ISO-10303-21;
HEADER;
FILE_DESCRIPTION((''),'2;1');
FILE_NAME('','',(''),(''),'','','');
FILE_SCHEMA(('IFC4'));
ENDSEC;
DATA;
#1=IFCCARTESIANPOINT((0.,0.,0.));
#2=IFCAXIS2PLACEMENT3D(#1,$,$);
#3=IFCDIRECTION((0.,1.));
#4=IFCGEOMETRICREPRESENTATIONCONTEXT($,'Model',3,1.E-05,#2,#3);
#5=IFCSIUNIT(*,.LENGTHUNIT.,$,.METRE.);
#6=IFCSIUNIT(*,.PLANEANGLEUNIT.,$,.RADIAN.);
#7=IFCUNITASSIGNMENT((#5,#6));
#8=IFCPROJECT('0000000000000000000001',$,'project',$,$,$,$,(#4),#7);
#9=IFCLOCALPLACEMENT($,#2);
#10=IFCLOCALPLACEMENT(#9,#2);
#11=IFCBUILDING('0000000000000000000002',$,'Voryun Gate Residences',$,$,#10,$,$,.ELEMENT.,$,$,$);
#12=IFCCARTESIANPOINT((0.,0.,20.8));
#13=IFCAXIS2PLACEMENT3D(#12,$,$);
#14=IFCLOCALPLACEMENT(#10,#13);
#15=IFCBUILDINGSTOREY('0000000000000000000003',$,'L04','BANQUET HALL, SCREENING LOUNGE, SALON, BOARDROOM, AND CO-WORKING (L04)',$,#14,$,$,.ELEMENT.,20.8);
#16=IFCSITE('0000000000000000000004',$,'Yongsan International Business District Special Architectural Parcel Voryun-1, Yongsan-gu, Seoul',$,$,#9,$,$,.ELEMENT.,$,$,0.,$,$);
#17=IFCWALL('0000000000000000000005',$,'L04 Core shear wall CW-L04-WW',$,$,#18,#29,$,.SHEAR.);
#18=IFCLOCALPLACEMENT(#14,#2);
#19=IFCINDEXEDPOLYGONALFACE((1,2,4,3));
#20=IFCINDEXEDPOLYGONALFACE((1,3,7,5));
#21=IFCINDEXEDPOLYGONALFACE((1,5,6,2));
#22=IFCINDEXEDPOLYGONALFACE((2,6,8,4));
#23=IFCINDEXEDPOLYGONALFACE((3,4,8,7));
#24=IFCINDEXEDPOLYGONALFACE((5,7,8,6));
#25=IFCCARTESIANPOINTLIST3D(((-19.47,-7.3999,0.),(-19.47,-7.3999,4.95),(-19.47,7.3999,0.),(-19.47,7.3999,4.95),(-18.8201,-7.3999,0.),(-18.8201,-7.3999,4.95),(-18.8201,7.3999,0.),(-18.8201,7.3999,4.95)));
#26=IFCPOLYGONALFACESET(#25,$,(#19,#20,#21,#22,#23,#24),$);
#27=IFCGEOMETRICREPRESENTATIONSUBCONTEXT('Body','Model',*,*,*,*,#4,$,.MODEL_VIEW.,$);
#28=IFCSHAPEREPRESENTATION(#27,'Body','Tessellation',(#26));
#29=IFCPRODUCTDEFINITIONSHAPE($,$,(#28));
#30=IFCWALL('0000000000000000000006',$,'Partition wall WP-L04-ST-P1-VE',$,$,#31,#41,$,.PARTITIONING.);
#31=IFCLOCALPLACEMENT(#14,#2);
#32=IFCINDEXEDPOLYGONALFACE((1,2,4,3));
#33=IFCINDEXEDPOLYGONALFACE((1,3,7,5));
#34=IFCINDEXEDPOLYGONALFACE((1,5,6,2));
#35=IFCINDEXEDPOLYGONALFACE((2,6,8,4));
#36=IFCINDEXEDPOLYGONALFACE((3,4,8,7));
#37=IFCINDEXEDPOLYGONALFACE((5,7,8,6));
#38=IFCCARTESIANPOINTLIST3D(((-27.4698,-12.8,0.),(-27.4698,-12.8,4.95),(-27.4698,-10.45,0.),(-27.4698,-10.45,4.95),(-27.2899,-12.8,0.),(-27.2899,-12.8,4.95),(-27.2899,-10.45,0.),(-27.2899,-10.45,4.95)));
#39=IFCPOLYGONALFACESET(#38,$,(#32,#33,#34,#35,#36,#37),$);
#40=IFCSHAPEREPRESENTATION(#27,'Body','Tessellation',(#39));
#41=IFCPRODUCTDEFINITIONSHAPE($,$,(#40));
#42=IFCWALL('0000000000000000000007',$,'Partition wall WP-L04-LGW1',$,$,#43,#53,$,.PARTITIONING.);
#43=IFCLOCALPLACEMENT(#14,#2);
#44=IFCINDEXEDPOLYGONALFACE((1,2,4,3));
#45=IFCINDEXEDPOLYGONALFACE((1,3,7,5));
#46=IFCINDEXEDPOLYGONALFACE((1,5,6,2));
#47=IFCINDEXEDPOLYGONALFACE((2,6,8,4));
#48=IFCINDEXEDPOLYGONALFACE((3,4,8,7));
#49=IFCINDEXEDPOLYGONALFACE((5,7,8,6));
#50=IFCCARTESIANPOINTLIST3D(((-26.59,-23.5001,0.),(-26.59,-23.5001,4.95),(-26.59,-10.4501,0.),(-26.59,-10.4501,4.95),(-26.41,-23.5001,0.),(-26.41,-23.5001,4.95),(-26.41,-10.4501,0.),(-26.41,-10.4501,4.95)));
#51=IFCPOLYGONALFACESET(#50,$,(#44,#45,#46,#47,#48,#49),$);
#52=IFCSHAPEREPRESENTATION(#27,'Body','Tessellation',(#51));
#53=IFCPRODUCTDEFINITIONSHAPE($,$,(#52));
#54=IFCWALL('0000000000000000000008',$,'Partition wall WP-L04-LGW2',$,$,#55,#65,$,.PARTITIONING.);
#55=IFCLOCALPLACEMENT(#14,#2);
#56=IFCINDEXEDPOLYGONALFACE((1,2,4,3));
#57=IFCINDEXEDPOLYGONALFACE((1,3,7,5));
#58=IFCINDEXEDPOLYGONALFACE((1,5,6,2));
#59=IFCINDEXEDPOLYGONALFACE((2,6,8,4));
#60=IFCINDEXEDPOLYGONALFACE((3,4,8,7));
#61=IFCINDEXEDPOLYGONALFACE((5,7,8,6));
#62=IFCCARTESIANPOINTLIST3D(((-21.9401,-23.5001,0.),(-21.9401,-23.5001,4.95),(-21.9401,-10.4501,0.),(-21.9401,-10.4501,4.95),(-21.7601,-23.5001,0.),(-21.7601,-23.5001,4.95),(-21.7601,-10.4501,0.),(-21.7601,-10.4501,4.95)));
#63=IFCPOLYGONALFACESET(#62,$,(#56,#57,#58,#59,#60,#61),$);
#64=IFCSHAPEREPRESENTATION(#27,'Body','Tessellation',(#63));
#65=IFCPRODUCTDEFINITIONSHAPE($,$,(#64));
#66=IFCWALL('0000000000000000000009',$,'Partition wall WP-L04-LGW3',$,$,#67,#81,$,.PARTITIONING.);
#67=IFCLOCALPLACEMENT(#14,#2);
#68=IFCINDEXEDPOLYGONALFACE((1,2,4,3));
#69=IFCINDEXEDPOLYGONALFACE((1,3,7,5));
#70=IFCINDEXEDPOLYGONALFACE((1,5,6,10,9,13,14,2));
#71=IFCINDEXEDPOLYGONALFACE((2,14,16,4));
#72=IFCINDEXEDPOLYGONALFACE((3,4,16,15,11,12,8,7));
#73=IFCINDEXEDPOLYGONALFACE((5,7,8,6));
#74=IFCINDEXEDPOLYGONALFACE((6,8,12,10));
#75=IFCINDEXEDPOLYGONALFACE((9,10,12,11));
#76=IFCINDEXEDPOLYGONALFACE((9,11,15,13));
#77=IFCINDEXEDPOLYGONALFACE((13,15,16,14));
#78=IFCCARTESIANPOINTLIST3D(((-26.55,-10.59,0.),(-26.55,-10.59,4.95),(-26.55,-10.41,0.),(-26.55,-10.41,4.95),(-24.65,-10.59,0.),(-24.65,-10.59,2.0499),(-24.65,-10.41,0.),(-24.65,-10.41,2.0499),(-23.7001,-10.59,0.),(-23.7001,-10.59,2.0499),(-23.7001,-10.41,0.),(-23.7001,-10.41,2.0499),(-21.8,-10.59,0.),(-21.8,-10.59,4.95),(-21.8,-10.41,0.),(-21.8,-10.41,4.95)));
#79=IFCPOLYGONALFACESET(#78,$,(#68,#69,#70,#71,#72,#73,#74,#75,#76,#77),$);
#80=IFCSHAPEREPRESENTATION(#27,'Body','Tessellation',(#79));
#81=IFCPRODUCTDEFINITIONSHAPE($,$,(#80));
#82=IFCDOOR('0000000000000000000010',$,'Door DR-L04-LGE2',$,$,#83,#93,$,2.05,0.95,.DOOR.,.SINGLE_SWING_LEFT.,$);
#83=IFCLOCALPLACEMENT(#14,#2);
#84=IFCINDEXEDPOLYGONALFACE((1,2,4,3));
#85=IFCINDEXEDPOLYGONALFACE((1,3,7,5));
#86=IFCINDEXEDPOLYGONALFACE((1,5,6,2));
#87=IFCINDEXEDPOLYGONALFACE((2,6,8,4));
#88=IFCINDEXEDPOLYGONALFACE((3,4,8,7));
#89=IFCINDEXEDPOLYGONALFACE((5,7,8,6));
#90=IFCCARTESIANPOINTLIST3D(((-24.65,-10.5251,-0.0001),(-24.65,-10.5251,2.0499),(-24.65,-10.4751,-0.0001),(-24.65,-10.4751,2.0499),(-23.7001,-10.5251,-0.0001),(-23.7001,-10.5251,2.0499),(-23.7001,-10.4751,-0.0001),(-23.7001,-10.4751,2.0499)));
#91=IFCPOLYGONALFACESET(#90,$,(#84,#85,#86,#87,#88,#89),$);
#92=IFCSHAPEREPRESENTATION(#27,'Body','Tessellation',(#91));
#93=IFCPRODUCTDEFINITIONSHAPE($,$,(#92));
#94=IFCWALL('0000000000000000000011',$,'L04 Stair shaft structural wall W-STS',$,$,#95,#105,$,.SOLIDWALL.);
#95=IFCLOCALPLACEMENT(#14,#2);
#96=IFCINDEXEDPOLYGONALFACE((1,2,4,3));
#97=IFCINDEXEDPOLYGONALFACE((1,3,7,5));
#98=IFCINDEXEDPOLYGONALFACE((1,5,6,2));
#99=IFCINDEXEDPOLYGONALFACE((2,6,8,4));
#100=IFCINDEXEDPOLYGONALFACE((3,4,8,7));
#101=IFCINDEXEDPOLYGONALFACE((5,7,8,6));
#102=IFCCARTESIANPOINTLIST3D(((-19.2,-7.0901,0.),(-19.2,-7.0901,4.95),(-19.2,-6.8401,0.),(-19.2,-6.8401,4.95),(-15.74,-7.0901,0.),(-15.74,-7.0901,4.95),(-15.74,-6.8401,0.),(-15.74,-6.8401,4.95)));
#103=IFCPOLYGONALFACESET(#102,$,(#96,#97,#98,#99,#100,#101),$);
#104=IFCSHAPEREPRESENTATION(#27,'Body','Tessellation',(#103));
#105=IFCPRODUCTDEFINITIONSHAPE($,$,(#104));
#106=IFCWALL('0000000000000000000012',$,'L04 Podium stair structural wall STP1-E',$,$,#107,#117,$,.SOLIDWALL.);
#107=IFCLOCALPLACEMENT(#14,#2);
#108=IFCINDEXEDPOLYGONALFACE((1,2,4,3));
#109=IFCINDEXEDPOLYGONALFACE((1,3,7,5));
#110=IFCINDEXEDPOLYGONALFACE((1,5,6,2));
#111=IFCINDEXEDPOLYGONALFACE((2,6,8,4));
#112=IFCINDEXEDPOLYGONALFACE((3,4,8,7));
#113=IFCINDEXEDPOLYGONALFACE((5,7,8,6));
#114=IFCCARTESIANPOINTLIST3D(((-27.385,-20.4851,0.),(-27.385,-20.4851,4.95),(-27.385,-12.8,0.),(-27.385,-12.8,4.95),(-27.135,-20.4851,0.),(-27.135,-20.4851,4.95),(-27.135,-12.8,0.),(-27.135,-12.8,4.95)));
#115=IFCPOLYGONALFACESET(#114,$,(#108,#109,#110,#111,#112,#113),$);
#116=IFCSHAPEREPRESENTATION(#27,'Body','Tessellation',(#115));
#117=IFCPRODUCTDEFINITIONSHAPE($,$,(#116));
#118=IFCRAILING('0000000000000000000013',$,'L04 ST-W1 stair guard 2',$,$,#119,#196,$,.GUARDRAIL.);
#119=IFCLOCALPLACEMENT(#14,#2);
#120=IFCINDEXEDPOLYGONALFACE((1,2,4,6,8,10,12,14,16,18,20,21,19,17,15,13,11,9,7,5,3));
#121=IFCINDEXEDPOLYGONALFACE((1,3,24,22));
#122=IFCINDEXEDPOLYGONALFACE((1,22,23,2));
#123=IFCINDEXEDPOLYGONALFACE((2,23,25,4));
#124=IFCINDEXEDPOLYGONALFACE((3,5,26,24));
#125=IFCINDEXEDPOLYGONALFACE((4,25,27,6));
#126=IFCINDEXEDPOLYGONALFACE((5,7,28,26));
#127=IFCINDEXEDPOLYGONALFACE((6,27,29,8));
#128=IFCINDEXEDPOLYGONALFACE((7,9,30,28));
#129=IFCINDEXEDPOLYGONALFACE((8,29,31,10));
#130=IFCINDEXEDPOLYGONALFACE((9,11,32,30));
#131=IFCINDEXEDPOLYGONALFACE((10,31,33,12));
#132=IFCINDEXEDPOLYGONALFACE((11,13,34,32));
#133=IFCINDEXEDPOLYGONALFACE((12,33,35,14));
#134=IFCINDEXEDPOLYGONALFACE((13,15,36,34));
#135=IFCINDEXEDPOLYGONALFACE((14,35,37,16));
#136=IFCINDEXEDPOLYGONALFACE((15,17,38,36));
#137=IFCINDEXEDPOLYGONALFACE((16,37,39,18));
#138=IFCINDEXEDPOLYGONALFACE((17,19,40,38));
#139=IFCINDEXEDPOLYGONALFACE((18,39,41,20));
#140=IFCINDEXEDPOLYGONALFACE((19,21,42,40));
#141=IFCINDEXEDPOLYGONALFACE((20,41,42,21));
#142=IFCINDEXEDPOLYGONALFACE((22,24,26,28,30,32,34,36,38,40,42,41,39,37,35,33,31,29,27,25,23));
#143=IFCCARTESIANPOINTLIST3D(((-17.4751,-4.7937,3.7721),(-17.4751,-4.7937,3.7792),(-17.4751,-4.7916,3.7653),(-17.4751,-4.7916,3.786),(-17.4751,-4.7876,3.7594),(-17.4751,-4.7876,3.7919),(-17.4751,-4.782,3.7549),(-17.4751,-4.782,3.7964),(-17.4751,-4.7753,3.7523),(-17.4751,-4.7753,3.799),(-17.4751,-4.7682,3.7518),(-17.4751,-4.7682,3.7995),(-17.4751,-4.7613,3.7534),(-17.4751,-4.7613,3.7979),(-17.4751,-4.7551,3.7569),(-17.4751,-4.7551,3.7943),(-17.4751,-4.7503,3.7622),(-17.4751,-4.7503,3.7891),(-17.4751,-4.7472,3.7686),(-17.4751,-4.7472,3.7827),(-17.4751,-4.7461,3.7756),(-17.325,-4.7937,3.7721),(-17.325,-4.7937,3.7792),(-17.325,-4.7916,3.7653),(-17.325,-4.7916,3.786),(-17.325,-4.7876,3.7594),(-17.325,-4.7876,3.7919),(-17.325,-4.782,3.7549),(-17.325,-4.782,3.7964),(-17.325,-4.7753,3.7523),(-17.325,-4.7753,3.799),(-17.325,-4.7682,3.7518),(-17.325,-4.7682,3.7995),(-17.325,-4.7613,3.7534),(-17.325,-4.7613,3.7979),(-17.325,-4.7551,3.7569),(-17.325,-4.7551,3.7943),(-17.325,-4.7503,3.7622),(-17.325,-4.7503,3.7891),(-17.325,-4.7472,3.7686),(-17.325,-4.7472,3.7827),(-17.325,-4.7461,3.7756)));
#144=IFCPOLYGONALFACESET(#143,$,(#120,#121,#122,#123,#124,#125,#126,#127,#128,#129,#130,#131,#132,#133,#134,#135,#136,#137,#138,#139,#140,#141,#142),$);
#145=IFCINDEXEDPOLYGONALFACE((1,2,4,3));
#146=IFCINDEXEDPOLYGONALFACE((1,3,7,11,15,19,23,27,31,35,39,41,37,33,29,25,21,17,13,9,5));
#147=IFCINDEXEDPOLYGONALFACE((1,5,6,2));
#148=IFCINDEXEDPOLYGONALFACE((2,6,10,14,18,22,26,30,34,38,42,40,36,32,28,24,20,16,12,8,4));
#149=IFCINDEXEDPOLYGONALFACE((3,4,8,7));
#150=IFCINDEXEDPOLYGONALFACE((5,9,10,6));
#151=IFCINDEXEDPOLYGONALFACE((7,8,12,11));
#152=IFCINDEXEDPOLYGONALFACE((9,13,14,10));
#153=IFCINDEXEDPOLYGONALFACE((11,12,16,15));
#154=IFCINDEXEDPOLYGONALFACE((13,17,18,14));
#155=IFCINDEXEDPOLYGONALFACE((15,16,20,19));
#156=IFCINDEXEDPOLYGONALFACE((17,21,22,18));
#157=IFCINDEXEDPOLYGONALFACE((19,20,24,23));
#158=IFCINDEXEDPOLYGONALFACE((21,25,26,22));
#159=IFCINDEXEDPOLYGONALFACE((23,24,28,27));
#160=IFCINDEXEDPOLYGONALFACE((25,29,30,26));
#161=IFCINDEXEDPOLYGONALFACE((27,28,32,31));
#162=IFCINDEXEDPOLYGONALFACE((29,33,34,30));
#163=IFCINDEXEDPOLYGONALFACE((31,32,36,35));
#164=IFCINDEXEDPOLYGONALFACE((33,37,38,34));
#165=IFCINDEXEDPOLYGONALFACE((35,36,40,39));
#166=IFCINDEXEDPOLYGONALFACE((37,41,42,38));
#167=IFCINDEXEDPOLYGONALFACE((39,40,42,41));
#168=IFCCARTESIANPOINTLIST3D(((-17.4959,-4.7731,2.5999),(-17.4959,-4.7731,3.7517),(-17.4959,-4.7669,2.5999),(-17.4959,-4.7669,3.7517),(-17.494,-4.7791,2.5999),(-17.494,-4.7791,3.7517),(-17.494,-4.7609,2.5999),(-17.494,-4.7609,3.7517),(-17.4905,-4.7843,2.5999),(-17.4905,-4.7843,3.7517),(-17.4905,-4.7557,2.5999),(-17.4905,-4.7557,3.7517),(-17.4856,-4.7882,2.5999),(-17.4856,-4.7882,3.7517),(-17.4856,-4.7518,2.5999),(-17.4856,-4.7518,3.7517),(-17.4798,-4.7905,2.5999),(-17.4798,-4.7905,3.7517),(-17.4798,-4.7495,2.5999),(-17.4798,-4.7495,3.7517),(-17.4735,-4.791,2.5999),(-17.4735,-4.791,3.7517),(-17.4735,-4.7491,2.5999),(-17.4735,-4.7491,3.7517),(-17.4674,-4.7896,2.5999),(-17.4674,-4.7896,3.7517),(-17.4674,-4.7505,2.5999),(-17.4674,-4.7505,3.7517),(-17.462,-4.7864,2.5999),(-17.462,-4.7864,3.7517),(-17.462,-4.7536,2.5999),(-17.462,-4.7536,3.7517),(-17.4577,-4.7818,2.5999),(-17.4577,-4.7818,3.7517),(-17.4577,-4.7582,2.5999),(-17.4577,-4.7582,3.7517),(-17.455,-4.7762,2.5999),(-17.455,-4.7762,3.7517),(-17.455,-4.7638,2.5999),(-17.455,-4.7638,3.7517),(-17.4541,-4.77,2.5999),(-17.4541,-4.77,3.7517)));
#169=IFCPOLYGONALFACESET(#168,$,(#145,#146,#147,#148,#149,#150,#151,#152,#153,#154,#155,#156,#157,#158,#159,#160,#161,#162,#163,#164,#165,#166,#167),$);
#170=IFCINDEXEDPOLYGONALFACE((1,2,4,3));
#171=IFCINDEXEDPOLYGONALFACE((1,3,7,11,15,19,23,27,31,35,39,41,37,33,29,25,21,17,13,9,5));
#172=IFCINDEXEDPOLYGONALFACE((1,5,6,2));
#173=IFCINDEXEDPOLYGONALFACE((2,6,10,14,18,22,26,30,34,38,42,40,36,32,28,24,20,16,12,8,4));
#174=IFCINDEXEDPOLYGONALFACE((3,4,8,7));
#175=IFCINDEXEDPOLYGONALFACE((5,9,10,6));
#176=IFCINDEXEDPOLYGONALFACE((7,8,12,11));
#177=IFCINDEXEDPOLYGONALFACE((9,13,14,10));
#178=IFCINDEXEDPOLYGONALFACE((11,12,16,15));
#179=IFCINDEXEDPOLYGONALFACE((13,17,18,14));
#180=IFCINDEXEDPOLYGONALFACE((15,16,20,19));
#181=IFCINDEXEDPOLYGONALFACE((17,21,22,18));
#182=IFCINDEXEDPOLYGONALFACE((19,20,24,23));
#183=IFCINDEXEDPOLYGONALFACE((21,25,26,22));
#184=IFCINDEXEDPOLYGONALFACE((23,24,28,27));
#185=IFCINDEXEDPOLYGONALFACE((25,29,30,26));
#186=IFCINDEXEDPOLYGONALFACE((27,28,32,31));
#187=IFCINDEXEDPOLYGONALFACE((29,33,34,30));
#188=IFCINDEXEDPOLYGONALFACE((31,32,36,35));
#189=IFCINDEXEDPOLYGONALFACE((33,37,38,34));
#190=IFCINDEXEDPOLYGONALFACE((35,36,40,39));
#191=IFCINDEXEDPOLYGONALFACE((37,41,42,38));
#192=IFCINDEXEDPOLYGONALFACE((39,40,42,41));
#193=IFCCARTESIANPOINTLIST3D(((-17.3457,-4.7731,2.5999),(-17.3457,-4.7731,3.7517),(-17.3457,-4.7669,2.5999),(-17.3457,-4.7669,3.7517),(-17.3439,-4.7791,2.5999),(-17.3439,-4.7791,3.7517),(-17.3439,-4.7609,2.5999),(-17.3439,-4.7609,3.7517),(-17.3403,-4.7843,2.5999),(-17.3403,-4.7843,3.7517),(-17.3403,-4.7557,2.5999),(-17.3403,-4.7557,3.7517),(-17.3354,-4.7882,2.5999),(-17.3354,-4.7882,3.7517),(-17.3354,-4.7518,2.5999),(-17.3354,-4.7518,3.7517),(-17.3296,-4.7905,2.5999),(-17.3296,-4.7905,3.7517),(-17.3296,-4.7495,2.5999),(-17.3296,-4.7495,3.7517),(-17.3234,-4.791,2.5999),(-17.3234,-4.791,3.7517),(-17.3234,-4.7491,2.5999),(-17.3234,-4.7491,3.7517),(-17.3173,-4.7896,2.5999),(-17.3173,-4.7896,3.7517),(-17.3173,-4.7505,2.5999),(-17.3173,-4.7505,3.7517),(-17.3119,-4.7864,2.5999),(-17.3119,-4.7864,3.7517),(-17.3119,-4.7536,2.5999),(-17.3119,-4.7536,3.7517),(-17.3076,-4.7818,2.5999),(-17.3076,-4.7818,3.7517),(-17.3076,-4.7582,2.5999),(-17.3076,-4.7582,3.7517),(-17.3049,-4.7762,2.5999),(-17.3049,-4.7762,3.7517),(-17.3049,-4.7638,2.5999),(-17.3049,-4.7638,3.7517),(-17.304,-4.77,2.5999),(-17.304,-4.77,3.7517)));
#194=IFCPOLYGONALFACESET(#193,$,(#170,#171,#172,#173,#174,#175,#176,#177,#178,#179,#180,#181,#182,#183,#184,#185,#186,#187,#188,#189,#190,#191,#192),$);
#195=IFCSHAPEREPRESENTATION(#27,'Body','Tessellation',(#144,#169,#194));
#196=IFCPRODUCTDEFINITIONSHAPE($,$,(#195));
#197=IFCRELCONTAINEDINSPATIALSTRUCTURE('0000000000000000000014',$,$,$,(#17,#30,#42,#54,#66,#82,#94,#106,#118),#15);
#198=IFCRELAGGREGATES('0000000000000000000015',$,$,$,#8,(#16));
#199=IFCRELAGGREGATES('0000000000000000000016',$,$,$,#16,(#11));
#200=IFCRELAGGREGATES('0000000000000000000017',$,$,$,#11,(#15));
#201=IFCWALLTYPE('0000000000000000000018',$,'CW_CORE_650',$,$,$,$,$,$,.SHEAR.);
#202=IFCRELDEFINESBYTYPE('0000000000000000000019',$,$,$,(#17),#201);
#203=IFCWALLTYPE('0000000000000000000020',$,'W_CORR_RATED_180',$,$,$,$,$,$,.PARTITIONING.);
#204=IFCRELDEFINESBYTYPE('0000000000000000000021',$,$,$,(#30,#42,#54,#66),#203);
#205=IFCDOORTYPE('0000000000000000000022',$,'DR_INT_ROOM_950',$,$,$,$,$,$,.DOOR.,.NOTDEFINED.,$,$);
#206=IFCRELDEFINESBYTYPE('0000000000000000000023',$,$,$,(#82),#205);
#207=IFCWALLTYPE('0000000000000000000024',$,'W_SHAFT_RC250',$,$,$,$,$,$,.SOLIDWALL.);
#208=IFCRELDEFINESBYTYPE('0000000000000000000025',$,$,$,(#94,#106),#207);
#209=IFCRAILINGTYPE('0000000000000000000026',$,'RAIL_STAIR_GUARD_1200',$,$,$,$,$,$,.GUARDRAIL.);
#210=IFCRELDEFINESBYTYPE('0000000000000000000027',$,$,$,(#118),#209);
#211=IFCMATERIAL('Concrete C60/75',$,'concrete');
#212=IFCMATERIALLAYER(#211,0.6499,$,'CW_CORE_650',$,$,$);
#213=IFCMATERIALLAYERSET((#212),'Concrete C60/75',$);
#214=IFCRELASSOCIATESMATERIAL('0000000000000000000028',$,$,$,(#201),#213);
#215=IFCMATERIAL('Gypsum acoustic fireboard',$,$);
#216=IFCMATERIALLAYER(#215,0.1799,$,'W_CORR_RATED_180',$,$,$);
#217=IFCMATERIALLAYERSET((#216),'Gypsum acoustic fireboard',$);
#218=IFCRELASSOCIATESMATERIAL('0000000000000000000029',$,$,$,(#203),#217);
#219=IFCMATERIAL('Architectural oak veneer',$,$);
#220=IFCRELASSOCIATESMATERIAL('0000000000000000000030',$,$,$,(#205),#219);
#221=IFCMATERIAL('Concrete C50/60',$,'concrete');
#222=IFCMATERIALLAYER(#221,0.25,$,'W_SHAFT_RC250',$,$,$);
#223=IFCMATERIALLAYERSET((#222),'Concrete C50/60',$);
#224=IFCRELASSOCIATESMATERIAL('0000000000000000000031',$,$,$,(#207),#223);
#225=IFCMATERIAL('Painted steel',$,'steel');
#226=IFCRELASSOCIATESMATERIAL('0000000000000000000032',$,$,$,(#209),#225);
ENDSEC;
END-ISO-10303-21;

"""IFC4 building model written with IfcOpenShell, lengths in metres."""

from ifc_helpers import new_model, si_unit, direction, frame, frame_2d, origin, origin_2d, place, context, subcontext, project, spatial, rectangle, circle, extrude, material, layer, layer_set, type_object, element, fill, save


model = new_model("IFC4")

# Units and contexts
model_context = context("Model", 3, precision=1e-05, world=origin(), true_north=direction((0.0, 1.0)))
body_context = subcontext(model_context, "Body", "Model", "MODEL_VIEW")
ifc_project = project(units=[si_unit("LENGTHUNIT", "METRE"), si_unit("PLANEANGLEUNIT", "RADIAN")], contexts=[model_context])

# Site, building, storey
site_placement = place(None, origin())
site = spatial("IfcSite", under=ifc_project, at=site_placement, Name="Yongsan International Business District Special Architectural Parcel Voryun-1, Yongsan-gu, Seoul", CompositionType="ELEMENT", RefElevation=0.0)
building_placement = place(site_placement, origin())
building = spatial("IfcBuilding", under=site, at=building_placement, Name="Voryun Gate Residences", CompositionType="ELEMENT")
storey_placement = place(building_placement, frame((0.0, 0.0, 20.8)))
storey = spatial("IfcBuildingStorey", under=building, at=storey_placement, Name="L04", Description="BANQUET HALL, SCREENING LOUNGE, SALON, BOARDROOM, AND CO-WORKING (L04)", CompositionType="ELEMENT", Elevation=20.8)

# Walls
ifc_material_1 = material(Name="Concrete C60/75", Category="concrete")
ifc_layer_1 = layer(ifc_material_1, 0.6499, Name="CW_CORE_650")
ifc_layer_set_1 = layer_set([ifc_layer_1], Name="Concrete C60/75")
wall_type_1 = type_object("IfcWallType", Name="CW_CORE_650", PredefinedType="SHEAR", material=ifc_layer_set_1)
wall_1_placement = place(storey_placement, frame((-19.145, -7.3999, 0.0), z_axis=(0.0, 0.0, 1.0), x_axis=(0.0, 1.0, 0.0)))
element("IfcWall", 1, at=wall_1_placement, inside=storey, type_object=wall_type_1, Name="L04 Core shear wall CW-L04-WW", PredefinedType="SHEAR", context=body_context, shape_type="SweptSolid", body=[
    extrude(rectangle(XDim=14.7998, YDim=0.6499, at=frame_2d((7.3999, 0.0))), origin(), (0.0, 0.0, 1.0), 4.95),
])
ifc_material_2 = material(Name="Gypsum acoustic fireboard")
ifc_layer_2 = layer(ifc_material_2, 0.1799, Name="W_CORR_RATED_180")
ifc_layer_set_2 = layer_set([ifc_layer_2], Name="Gypsum acoustic fireboard")
wall_type_2 = type_object("IfcWallType", Name="W_CORR_RATED_180", PredefinedType="PARTITIONING", material=ifc_layer_set_2)
wall_2_placement = place(storey_placement, frame((-27.3799, -12.8, 0.0), z_axis=(0.0, 0.0, 1.0), x_axis=(0.0, 1.0, 0.0)))
element("IfcWall", 2, at=wall_2_placement, inside=storey, type_object=wall_type_2, Name="Partition wall WP-L04-ST-P1-VE", PredefinedType="PARTITIONING", context=body_context, shape_type="SweptSolid", body=[
    extrude(rectangle(XDim=2.3501, YDim=0.1799, at=frame_2d((1.175, 0.0))), origin(), (0.0, 0.0, 1.0), 4.95),
])
for number, where, z_axis, x_axis, name in (
    (3, (-26.5, -23.5, 0.0), (0.0, 0.0, 1.0), (0.0, 1.0, 0.0), "Partition wall WP-L04-LGW1"),
    (4, (-21.8501, -23.5, 0.0), (0.0, 0.0, 1.0), (0.0, 1.0, 0.0), "Partition wall WP-L04-LGW2"),
):
    element("IfcWall", number, at=place(storey_placement, frame(where, z_axis=z_axis, x_axis=x_axis)), inside=storey, type_object=wall_type_2, Name=name, PredefinedType="PARTITIONING", context=body_context, shape_type="SweptSolid", body=[
        extrude(rectangle(XDim=13.05, YDim=0.1799, at=frame_2d((6.5249, 0.0))), origin(), (0.0, 0.0, 1.0), 4.95),
    ])

# Wall, opening, door
wall_3_placement = place(storey_placement, frame((-26.55, -10.5, 0.0), z_axis=(0.0, 0.0, 1.0), x_axis=(1.0, 0.0, 0.0)))
wall_3 = element("IfcWall", 5, at=wall_3_placement, inside=storey, type_object=wall_type_2, Name="Partition wall WP-L04-LGW3", PredefinedType="PARTITIONING", context=body_context, shape_type="SweptSolid", body=[
    extrude(rectangle(XDim=4.75, YDim=0.1799, at=frame_2d((2.375, 0.0))), origin(), (0.0, 0.0, 1.0), 4.95),
])
opening_placement = place(wall_3_placement, frame((1.8999, 0.0, 0.0)))
opening = element("IfcOpeningElement", 6, at=opening_placement, cuts=wall_3, PredefinedType="OPENING", context=body_context, shape_type="SweptSolid", body=[
    extrude(rectangle(XDim=0.95, YDim=2.05, at=frame_2d((0.4751, 1.0249))), frame((0.0, 0.0999, 0.0), z_axis=(0.0, -1.0, 0.0), x_axis=(1.0, 0.0, 0.0)), (0.0, 0.0, 1.0), 0.2),
])
ifc_material_3 = material(Name="Architectural oak veneer")
door_type = type_object("IfcDoorType", Name="DR_INT_ROOM_950", OperationType="NOTDEFINED", PredefinedType="DOOR", material=ifc_material_3)
door_placement = place(opening_placement, origin())
door = element("IfcDoor", 7, at=door_placement, inside=storey, type_object=door_type, Name="Door DR-L04-LGE2", OperationType="SINGLE_SWING_LEFT", OverallHeight=2.05, OverallWidth=0.95, PredefinedType="DOOR", context=body_context, shape_type="SweptSolid", body=[
    extrude(rectangle(XDim=0.95, YDim=2.05, at=frame_2d((0.4751, 1.0249))), frame((0.0, 0.0249, 0.0), z_axis=(0.0, -1.0, 0.0), x_axis=(1.0, 0.0, 0.0)), (0.0, 0.0, 1.0), 0.05),
])
fill(opening, door)

# Walls
ifc_material_4 = material(Name="Concrete C50/60", Category="concrete")
ifc_layer_3 = layer(ifc_material_4, 0.25, Name="W_SHAFT_RC250")
ifc_layer_set_3 = layer_set([ifc_layer_3], Name="Concrete C50/60")
wall_type_3 = type_object("IfcWallType", Name="W_SHAFT_RC250", PredefinedType="SOLIDWALL", material=ifc_layer_set_3)
wall_4_placement = place(storey_placement, frame((-19.2, -6.9651, 0.0), z_axis=(0.0, 0.0, 1.0), x_axis=(1.0, 0.0, 0.0)))
element("IfcWall", 8, at=wall_4_placement, inside=storey, type_object=wall_type_3, Name="L04 Stair shaft structural wall W-STS", PredefinedType="SOLIDWALL", context=body_context, shape_type="SweptSolid", body=[
    extrude(rectangle(XDim=3.46, YDim=0.25, at=frame_2d((1.73, 0.0))), origin(), (0.0, 0.0, 1.0), 4.95),
])
wall_5_placement = place(storey_placement, frame((-27.26, -20.4851, 0.0), z_axis=(0.0, 0.0, 1.0), x_axis=(0.0, 1.0, 0.0)))
element("IfcWall", 9, at=wall_5_placement, inside=storey, type_object=wall_type_3, Name="L04 Podium stair structural wall STP1-E", PredefinedType="SOLIDWALL", context=body_context, shape_type="SweptSolid", body=[
    extrude(rectangle(XDim=7.6851, YDim=0.25, at=frame_2d((3.8425, 0.0))), origin(), (0.0, 0.0, 1.0), 4.95),
])

# Railing
ifc_material_5 = material(Name="Painted steel", Category="steel")
railing_type = type_object("IfcRailingType", Name="RAIL_STAIR_GUARD_1200", PredefinedType="GUARDRAIL", material=ifc_material_5)
railing_1_placement = place(storey_placement, frame((-17.4751, -4.77, 2.5999)))
element("IfcRailing", 10, at=railing_1_placement, inside=storey, type_object=railing_type, Name="L04 ST-W1 stair guard 2", PredefinedType="GUARDRAIL", context=body_context, shape_type="SweptSolid", body=[
    extrude(circle(Radius=0.0239, at=origin_2d()), frame((0.0, 0.0, 1.1758), z_axis=(1.0, 0.0, 0.0), x_axis=(0.0, 1.0, 0.0)), (0.0, 0.0, 1.0), 0.1501),
    extrude(circle(Radius=0.021, at=origin_2d()), origin(), (0.0, 0.0, 1.0), 1.1519),
    extrude(circle(Radius=0.021, at=origin_2d()), frame((0.1501, 0.0, 0.0)), (0.0, 0.0, 1.0), 1.1519),
])

save(model, "model.ifc")
